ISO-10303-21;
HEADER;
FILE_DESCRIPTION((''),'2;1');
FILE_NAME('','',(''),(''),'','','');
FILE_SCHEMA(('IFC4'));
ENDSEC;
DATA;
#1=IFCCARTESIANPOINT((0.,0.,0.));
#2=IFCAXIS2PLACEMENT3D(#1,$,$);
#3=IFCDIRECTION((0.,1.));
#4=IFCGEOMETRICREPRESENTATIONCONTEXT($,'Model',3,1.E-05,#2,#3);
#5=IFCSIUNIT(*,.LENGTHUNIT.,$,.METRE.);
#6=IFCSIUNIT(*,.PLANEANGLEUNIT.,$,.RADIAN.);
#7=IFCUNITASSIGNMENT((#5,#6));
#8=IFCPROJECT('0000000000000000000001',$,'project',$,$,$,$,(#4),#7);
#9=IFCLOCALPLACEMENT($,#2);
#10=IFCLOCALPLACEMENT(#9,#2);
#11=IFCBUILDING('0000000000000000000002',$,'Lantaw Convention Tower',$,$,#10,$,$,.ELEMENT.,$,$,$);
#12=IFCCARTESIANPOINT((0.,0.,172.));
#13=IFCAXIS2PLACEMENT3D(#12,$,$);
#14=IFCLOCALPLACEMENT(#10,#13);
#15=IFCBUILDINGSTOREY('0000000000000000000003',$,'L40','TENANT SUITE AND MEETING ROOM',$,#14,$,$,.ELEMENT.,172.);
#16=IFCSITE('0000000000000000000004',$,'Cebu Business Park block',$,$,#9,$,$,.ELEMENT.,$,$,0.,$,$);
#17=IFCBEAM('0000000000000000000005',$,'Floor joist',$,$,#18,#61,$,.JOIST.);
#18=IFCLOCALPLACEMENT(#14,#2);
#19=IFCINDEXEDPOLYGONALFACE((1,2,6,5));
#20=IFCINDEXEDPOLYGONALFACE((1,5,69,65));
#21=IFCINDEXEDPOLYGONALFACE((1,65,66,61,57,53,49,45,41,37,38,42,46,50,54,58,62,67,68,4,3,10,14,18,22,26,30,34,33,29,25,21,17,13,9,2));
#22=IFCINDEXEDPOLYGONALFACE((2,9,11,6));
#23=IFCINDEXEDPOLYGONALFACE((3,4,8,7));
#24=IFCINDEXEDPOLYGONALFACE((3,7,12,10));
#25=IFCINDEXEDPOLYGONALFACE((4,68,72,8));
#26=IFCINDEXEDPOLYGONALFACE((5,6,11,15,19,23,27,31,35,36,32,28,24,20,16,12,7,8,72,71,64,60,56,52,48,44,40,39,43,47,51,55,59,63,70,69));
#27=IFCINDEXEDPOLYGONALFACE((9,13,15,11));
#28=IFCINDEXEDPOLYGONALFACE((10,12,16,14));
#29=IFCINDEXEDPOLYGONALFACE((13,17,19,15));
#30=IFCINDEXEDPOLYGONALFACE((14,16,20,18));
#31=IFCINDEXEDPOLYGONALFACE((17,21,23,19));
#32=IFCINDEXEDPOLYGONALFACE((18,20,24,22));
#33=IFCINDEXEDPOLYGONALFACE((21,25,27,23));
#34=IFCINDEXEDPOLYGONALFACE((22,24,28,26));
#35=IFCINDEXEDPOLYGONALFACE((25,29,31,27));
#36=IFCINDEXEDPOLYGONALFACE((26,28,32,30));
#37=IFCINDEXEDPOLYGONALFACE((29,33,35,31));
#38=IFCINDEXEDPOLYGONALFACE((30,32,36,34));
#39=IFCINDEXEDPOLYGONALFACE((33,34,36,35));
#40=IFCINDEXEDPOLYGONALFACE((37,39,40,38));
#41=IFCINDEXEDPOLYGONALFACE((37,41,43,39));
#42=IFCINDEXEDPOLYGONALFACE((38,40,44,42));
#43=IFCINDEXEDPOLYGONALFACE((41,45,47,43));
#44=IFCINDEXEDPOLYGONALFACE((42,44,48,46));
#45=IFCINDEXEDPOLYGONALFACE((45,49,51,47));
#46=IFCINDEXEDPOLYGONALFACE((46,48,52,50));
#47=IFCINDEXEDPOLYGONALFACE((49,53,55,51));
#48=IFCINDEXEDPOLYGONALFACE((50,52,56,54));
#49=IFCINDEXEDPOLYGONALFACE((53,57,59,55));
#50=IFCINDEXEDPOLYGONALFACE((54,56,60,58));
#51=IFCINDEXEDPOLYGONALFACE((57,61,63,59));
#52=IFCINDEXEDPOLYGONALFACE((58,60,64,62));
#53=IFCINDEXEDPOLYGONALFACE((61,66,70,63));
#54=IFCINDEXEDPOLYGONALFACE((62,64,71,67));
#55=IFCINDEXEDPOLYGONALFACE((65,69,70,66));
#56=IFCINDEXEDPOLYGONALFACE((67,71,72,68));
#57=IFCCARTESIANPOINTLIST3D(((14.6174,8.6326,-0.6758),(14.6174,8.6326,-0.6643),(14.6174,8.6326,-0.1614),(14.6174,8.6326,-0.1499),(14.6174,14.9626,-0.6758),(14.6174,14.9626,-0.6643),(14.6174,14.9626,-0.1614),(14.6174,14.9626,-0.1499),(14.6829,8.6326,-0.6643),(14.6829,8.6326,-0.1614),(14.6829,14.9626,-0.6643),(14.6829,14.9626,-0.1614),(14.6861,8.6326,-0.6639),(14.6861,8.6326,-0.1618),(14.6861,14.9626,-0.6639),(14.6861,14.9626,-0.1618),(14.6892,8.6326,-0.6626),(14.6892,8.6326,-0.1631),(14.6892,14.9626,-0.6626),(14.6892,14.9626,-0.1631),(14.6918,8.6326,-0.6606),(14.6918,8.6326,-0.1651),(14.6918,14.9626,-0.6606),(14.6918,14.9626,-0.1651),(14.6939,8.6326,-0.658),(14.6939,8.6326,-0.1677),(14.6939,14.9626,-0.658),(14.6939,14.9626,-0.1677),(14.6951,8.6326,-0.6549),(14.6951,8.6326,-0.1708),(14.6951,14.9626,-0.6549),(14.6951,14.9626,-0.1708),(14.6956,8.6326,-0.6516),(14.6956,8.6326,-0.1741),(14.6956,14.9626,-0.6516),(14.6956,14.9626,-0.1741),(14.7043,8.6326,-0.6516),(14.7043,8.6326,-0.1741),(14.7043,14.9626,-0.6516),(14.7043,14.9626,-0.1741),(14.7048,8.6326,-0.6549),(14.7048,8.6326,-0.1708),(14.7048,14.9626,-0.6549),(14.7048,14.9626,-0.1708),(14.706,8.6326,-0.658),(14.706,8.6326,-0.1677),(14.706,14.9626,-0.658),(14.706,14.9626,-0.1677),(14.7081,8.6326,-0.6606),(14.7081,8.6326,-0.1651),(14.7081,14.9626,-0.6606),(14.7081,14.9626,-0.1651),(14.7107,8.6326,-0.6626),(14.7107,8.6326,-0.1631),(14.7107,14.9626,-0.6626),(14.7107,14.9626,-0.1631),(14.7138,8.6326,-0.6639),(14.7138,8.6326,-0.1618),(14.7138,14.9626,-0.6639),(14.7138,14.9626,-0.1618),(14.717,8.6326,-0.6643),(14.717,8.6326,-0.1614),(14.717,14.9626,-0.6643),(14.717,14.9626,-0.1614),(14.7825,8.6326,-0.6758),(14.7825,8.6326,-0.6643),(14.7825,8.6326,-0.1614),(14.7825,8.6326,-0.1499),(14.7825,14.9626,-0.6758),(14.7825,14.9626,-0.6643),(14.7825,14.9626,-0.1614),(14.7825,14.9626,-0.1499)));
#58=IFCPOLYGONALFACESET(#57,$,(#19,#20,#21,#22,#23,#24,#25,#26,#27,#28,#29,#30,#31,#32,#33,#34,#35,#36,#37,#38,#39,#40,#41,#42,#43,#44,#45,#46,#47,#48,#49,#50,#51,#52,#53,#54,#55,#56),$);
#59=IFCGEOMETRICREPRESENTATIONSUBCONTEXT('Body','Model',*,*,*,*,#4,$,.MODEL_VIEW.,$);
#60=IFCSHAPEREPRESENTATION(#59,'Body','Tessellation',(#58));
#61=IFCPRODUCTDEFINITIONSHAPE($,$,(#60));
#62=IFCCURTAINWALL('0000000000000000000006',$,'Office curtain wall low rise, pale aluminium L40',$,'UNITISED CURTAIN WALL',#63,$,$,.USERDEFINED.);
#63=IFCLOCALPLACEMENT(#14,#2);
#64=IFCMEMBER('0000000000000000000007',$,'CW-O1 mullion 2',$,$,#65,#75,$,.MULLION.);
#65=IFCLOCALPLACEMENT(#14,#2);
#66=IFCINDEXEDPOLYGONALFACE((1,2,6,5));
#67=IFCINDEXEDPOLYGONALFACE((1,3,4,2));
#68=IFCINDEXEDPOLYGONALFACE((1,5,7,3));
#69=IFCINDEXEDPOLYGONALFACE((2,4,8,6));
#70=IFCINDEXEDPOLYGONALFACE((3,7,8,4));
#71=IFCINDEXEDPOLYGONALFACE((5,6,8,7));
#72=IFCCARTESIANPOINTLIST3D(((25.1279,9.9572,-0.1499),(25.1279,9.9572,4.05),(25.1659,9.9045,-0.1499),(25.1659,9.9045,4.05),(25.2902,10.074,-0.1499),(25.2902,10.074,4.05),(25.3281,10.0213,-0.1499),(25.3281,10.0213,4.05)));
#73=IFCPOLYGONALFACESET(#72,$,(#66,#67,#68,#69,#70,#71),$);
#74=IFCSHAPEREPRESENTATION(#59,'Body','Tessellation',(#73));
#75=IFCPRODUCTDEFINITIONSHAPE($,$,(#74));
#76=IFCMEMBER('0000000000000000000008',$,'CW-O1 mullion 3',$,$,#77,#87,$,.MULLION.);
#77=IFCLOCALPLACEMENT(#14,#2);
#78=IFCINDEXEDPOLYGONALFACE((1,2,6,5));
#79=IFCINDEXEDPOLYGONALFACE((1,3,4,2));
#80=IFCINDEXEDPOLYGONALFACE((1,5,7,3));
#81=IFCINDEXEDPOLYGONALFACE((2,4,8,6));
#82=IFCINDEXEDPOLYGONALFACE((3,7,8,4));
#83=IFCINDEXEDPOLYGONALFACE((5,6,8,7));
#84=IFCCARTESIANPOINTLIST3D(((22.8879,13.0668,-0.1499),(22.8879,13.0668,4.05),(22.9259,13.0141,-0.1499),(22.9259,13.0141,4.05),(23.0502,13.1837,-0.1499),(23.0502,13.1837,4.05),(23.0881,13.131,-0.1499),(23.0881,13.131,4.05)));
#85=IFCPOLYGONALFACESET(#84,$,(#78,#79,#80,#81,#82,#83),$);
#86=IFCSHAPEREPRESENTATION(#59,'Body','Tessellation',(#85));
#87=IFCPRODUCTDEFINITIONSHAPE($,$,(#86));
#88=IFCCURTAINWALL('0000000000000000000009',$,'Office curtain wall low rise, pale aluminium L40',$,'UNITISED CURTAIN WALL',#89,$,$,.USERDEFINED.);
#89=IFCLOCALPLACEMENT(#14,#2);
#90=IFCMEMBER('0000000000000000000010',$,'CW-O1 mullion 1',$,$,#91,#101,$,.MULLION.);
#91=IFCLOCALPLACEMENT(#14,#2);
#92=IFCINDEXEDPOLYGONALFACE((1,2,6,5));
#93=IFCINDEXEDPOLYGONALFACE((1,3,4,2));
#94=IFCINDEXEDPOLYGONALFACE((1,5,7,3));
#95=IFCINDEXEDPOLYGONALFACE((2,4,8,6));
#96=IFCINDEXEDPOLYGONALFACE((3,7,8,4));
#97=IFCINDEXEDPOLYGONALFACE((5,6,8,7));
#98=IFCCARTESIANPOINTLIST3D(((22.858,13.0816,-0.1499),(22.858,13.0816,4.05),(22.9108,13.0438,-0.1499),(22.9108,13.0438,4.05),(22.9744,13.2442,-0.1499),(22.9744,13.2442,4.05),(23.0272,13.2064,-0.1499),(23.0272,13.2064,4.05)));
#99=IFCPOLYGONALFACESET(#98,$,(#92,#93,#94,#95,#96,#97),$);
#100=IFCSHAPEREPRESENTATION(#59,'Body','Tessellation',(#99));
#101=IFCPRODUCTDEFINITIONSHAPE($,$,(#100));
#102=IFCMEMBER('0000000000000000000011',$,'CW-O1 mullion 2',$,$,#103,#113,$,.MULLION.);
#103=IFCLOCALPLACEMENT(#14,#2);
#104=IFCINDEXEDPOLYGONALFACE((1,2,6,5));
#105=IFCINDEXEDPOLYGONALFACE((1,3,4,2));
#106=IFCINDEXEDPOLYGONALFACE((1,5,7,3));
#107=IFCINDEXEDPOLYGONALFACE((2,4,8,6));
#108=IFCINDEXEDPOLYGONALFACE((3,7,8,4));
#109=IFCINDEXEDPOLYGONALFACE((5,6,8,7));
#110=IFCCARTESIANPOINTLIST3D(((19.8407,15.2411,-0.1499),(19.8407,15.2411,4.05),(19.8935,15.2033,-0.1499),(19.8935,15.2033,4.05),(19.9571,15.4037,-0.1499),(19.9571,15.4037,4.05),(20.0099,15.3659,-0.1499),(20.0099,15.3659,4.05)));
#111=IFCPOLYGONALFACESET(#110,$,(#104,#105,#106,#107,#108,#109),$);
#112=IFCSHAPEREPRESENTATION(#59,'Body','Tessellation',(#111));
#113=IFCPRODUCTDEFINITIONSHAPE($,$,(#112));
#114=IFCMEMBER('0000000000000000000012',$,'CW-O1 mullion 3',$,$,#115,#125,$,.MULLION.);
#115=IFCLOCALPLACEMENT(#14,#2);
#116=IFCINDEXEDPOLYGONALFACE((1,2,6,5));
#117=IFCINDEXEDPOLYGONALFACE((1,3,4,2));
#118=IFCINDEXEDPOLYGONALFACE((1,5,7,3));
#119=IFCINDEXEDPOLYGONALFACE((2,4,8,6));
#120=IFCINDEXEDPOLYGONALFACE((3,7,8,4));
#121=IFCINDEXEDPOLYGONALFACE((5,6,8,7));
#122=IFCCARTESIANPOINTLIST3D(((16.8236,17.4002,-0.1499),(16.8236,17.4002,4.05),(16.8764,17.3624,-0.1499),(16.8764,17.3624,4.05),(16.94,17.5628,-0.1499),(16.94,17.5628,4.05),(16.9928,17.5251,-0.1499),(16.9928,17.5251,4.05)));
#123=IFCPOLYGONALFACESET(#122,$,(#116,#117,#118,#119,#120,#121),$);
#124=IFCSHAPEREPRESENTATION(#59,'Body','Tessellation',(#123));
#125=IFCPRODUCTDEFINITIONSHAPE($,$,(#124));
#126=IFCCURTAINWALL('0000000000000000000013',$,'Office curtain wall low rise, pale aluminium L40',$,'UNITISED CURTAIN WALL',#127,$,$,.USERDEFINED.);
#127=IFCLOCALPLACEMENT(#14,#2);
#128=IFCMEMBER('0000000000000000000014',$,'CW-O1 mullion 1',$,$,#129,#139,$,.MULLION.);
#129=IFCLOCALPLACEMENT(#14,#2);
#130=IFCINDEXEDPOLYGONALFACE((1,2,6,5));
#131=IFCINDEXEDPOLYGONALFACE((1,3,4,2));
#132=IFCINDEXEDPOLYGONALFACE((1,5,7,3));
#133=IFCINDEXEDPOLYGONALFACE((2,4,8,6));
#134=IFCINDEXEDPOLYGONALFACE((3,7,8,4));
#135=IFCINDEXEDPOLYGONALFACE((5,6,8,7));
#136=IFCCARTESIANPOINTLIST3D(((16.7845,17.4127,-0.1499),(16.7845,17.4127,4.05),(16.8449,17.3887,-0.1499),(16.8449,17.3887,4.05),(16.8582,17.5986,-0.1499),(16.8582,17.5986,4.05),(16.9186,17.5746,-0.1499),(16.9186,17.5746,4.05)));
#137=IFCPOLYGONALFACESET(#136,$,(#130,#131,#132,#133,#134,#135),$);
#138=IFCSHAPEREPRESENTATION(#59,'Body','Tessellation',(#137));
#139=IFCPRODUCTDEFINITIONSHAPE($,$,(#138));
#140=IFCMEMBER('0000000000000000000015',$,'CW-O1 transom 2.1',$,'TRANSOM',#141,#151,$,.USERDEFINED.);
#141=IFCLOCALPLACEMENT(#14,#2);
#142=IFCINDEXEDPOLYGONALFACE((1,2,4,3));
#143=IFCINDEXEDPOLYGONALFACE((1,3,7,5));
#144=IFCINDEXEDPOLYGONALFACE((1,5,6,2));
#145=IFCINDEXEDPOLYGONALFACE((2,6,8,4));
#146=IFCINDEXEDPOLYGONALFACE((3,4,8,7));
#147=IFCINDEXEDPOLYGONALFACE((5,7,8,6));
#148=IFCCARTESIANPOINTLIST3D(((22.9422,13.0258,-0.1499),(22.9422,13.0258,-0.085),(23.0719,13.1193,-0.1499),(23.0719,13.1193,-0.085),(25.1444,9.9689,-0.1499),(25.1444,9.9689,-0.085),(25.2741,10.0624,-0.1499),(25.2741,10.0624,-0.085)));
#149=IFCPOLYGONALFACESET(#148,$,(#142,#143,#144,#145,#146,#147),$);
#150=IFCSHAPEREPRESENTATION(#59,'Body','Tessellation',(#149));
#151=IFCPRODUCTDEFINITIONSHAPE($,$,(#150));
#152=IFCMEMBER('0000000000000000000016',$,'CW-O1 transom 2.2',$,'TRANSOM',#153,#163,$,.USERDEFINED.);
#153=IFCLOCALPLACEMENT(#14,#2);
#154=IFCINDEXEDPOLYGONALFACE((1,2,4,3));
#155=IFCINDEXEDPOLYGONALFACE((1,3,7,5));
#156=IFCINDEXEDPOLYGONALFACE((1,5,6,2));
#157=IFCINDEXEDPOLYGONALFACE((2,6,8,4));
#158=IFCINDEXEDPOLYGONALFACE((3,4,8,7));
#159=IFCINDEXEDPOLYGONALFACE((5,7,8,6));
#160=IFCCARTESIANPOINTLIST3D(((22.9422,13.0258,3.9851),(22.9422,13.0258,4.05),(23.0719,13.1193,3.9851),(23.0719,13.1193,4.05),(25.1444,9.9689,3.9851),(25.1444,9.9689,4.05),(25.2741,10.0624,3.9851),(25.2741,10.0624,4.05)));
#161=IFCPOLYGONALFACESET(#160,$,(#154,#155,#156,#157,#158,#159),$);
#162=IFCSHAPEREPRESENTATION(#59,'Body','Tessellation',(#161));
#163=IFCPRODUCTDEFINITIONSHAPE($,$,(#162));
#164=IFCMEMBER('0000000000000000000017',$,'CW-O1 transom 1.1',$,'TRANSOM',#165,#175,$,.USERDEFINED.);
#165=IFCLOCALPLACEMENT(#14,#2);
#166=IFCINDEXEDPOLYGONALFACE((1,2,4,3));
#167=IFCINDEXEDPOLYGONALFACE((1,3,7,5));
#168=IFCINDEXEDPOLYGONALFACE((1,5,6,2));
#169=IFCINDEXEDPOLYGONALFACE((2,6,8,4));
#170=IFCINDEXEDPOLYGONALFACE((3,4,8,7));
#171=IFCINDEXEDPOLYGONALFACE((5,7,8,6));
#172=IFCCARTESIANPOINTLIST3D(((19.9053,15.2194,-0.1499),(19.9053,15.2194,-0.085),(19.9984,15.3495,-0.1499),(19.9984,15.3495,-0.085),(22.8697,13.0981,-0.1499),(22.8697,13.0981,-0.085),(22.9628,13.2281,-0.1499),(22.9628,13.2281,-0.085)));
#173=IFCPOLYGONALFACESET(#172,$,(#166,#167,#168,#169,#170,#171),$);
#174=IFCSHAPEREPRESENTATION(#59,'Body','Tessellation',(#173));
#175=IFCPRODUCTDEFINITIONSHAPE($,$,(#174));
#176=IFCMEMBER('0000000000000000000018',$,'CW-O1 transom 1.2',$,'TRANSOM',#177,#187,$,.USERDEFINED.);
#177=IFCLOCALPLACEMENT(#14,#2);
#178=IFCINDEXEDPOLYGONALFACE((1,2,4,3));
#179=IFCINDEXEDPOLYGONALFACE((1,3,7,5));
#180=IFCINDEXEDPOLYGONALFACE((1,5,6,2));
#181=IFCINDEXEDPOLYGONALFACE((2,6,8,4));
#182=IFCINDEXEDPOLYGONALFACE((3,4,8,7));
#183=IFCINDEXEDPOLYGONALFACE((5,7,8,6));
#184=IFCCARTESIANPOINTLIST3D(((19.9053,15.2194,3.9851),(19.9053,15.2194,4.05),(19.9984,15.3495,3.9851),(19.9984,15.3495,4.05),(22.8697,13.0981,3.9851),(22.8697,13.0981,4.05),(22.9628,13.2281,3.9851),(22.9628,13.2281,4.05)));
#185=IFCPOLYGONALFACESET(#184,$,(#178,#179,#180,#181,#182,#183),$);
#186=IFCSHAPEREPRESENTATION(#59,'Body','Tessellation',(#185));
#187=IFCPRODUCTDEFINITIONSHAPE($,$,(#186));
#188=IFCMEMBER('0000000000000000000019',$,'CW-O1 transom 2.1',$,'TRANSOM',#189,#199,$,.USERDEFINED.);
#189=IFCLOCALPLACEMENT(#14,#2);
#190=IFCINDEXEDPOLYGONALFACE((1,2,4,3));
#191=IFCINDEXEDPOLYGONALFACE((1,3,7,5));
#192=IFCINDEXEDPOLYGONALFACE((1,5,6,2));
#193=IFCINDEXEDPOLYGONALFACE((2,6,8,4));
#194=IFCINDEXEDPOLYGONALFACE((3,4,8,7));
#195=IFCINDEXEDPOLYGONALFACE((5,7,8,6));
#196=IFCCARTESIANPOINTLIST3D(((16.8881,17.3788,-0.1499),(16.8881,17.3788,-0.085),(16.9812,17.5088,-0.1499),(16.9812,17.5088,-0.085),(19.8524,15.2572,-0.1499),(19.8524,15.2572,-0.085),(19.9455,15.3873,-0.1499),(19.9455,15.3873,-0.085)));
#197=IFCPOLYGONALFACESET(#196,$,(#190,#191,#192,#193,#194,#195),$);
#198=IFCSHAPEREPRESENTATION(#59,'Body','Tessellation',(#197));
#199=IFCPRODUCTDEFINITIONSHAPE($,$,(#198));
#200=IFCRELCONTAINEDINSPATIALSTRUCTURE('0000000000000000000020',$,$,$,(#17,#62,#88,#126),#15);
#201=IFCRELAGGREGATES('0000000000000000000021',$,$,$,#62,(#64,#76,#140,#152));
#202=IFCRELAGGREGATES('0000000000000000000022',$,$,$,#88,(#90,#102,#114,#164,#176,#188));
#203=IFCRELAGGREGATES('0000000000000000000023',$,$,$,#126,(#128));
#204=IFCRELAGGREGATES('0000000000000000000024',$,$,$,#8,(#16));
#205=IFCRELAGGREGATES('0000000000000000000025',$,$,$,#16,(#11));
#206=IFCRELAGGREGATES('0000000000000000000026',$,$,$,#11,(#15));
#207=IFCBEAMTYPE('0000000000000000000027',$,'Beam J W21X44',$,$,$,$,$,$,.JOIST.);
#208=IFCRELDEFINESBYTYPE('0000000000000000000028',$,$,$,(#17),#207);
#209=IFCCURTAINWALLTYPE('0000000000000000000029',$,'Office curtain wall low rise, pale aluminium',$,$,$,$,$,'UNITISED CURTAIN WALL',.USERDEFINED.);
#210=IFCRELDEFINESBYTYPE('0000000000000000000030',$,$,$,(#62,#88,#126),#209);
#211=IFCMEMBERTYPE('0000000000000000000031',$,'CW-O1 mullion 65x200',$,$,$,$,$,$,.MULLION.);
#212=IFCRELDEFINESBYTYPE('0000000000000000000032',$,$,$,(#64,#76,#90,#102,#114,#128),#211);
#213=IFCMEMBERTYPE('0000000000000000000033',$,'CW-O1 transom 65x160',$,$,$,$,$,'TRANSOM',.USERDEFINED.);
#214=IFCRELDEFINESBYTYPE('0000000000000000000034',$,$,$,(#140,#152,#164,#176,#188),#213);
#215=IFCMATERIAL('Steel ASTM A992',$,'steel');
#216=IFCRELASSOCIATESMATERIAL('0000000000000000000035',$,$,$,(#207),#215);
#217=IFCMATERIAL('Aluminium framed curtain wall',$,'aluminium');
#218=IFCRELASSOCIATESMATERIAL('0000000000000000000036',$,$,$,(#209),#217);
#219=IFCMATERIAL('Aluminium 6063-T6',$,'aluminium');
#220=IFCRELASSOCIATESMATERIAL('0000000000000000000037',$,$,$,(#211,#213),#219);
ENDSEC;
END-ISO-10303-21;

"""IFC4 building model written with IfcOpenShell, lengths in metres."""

from ifc_helpers import new_model, si_unit, direction, frame, origin, origin_2d, place, context, subcontext, project, spatial, rectangle, i_section, extrude, material, material_profile, profile_set, type_object, element, aggregate, save


model = new_model("IFC4")

# Units and contexts
model_context = context("Model", 3, precision=1e-05, world=origin(), true_north=direction((0.0, 1.0)))
body_context = subcontext(model_context, "Body", "Model", "MODEL_VIEW")
ifc_project = project(units=[si_unit("LENGTHUNIT", "METRE"), si_unit("PLANEANGLEUNIT", "RADIAN")], contexts=[model_context])

# Site, building, storey
site_placement = place(None, origin())
site = spatial("IfcSite", under=ifc_project, at=site_placement, Name="Cebu Business Park block", CompositionType="ELEMENT", RefElevation=0.0)
building_placement = place(site_placement, origin())
building = spatial("IfcBuilding", under=site, at=building_placement, Name="Lantaw Convention Tower", CompositionType="ELEMENT")
storey_placement = place(building_placement, frame((0.0, 0.0, 172.0)))
storey = spatial("IfcBuildingStorey", under=building, at=storey_placement, Name="L40", Description="TENANT SUITE AND MEETING ROOM", CompositionType="ELEMENT", Elevation=172.0)

# Beam
ifc_material_1 = material(Name="Steel ASTM A992", Category="steel")
ifc_material_profile_1 = material_profile(ifc_material_1, i_section(OverallWidth=0.165, OverallDepth=0.5259, WebThickness=0.0088, FlangeThickness=0.0115, FilletRadius=0.0127, at=origin_2d()), Name="W21X44")
ifc_profile_set_1 = profile_set([ifc_material_profile_1], Name="Steel ASTM A992")
beam_type_1 = type_object("IfcBeamType", Name="Beam J W21X44", PredefinedType="JOIST", material=ifc_profile_set_1)
beam_1_placement = place(storey_placement, frame((14.7, 8.6326, -0.4128), z_axis=(0.0, 1.0, 0.0), x_axis=(-1.0, 0.0, 0.0)))
element("IfcBeam", 1, at=beam_1_placement, inside=storey, type_object=beam_type_1, Name="Floor joist", PredefinedType="JOIST", context=body_context, shape_type="SweptSolid", body=[
    extrude(i_section(OverallWidth=0.165, OverallDepth=0.5259, WebThickness=0.0088, FlangeThickness=0.0115, FilletRadius=0.0127, at=origin_2d()), origin(), (0.0, 0.0, 1.0), 6.3301),
])

# Curtain walls, members
ifc_material_2 = material(Name="Aluminium framed curtain wall", Category="aluminium")
curtain_wall_type = type_object("IfcCurtainWallType", Name="Office curtain wall low rise, pale aluminium", ElementType="UNITISED CURTAIN WALL", PredefinedType="USERDEFINED", material=ifc_material_2)
curtain_wall_1_placement = place(storey_placement, origin())
curtain_wall_1 = element("IfcCurtainWall", 2, at=curtain_wall_1_placement, inside=storey, type_object=curtain_wall_type, Name="Office curtain wall low rise, pale aluminium L40", ObjectType="UNITISED CURTAIN WALL", PredefinedType="USERDEFINED")
ifc_material_3 = material(Name="Aluminium 6063-T6", Category="aluminium")
ifc_material_profile_2 = material_profile(ifc_material_3, rectangle(XDim=0.2, YDim=0.0649, at=origin_2d()), Name="CW-O1 mullion 65x200")
ifc_profile_set_2 = profile_set([ifc_material_profile_2], Name="Aluminium 6063-T6")
member_type_1 = type_object("IfcMemberType", Name="CW-O1 mullion 65x200", PredefinedType="MULLION", material=ifc_profile_set_2)
member_1_placement = place(storey_placement, frame((25.228, 9.9893, -0.1499), z_axis=(0.0, 0.0, 1.0), x_axis=(-0.811385, -0.584513, 0.0)))
member_1 = element("IfcMember", 3, at=member_1_placement, type_object=member_type_1, Name="CW-O1 mullion 2", PredefinedType="MULLION", context=body_context, shape_type="SweptSolid", body=[
    extrude(rectangle(XDim=0.2, YDim=0.0649, at=origin_2d()), origin(), (0.0, 0.0, 1.0), 4.2),
])
member_2_placement = place(storey_placement, frame((22.988, 13.0989, -0.1499), z_axis=(0.0, 0.0, 1.0), x_axis=(-0.811385, -0.584513, 0.0)))
member_2 = element("IfcMember", 4, at=member_2_placement, type_object=member_type_1, Name="CW-O1 mullion 3", PredefinedType="MULLION", context=body_context, shape_type="SweptSolid", body=[
    extrude(rectangle(XDim=0.2, YDim=0.0649, at=origin_2d()), origin(), (0.0, 0.0, 1.0), 4.2),
])
curtain_wall_2_placement = place(storey_placement, origin())
curtain_wall_2 = element("IfcCurtainWall", 5, at=curtain_wall_2_placement, inside=storey, type_object=curtain_wall_type, Name="Office curtain wall low rise, pale aluminium L40", ObjectType="UNITISED CURTAIN WALL", PredefinedType="USERDEFINED")
member_3_placement = place(storey_placement, frame((22.9426, 13.144, -0.1499), z_axis=(0.0, 0.0, 1.0), x_axis=(-0.581973, -0.813208, 0.0)))
member_3 = element("IfcMember", 6, at=member_3_placement, type_object=member_type_1, Name="CW-O1 mullion 1", PredefinedType="MULLION", context=body_context, shape_type="SweptSolid", body=[
    extrude(rectangle(XDim=0.2, YDim=0.0649, at=origin_2d()), origin(), (0.0, 0.0, 1.0), 4.2),
])
member_4_placement = place(storey_placement, frame((19.9253, 15.3035, -0.1499), z_axis=(0.0, 0.0, 1.0), x_axis=(-0.581973, -0.813208, 0.0)))
member_4 = element("IfcMember", 7, at=member_4_placement, type_object=member_type_1, Name="CW-O1 mullion 2", PredefinedType="MULLION", context=body_context, shape_type="SweptSolid", body=[
    extrude(rectangle(XDim=0.2, YDim=0.0649, at=origin_2d()), origin(), (0.0, 0.0, 1.0), 4.2),
])
member_5_placement = place(storey_placement, frame((16.9082, 17.4626, -0.1499), z_axis=(0.0, 0.0, 1.0), x_axis=(-0.581973, -0.813208, 0.0)))
member_5 = element("IfcMember", 8, at=member_5_placement, type_object=member_type_1, Name="CW-O1 mullion 3", PredefinedType="MULLION", context=body_context, shape_type="SweptSolid", body=[
    extrude(rectangle(XDim=0.2, YDim=0.0649, at=origin_2d()), origin(), (0.0, 0.0, 1.0), 4.2),
])

# Curtain wall, member
curtain_wall_3_placement = place(storey_placement, origin())
curtain_wall_3 = element("IfcCurtainWall", 9, at=curtain_wall_3_placement, inside=storey, type_object=curtain_wall_type, Name="Office curtain wall low rise, pale aluminium L40", ObjectType="UNITISED CURTAIN WALL", PredefinedType="USERDEFINED")
member_6_placement = place(storey_placement, frame((16.8516, 17.4937, -0.1499), z_axis=(0.0, 0.0, 1.0), x_axis=(-0.368702, -0.929548, 0.0)))
member_6 = element("IfcMember", 10, at=member_6_placement, type_object=member_type_1, Name="CW-O1 mullion 1", PredefinedType="MULLION", context=body_context, shape_type="SweptSolid", body=[
    extrude(rectangle(XDim=0.2, YDim=0.0649, at=origin_2d()), origin(), (0.0, 0.0, 1.0), 4.2),
])

# Members
ifc_material_profile_3 = material_profile(ifc_material_3, rectangle(XDim=0.1599, YDim=0.0649, at=origin_2d()), Name="CW-O1 transom 65x160")
ifc_profile_set_3 = profile_set([ifc_material_profile_3], Name="Aluminium 6063-T6")
member_type_2 = type_object("IfcMemberType", Name="CW-O1 transom 65x160", ElementType="TRANSOM", PredefinedType="USERDEFINED", material=ifc_profile_set_3)
member_7_placement = place(storey_placement, frame((25.2092, 10.0156, -0.1174), z_axis=(-0.584513, 0.811384, 0.0), x_axis=(-0.811384, -0.584513, 0.0)))
member_7 = element("IfcMember", 11, at=member_7_placement, type_object=member_type_2, Name="CW-O1 transom 2.1", ObjectType="TRANSOM", PredefinedType="USERDEFINED", context=body_context, shape_type="SweptSolid", body=[
    extrude(rectangle(XDim=0.1599, YDim=0.0649, at=origin_2d()), origin(), (0.0, 0.0, 1.0), 3.7676),
])
member_8_placement = place(storey_placement, frame((25.2092, 10.0156, 4.0176), z_axis=(-0.584513, 0.811384, 0.0), x_axis=(-0.811384, -0.584513, 0.0)))
member_8 = element("IfcMember", 12, at=member_8_placement, type_object=member_type_2, Name="CW-O1 transom 2.2", ObjectType="TRANSOM", PredefinedType="USERDEFINED", context=body_context, shape_type="SweptSolid", body=[
    extrude(rectangle(XDim=0.1599, YDim=0.0649, at=origin_2d()), origin(), (0.0, 0.0, 1.0), 3.7676),
])
member_9_placement = place(storey_placement, frame((22.9163, 13.1631, -0.1174), z_axis=(-0.813222, 0.581954, 0.0), x_axis=(-0.581954, -0.813222, 0.0)))
member_9 = element("IfcMember", 13, at=member_9_placement, type_object=member_type_2, Name="CW-O1 transom 1.1", ObjectType="TRANSOM", PredefinedType="USERDEFINED", context=body_context, shape_type="SweptSolid", body=[
    extrude(rectangle(XDim=0.1599, YDim=0.0649, at=origin_2d()), origin(), (0.0, 0.0, 1.0), 3.6453),
])
member_10_placement = place(storey_placement, frame((22.9163, 13.1631, 4.0176), z_axis=(-0.813222, 0.581954, 0.0), x_axis=(-0.581954, -0.813222, 0.0)))
member_10 = element("IfcMember", 14, at=member_10_placement, type_object=member_type_2, Name="CW-O1 transom 1.2", ObjectType="TRANSOM", PredefinedType="USERDEFINED", context=body_context, shape_type="SweptSolid", body=[
    extrude(rectangle(XDim=0.1599, YDim=0.0649, at=origin_2d()), origin(), (0.0, 0.0, 1.0), 3.6453),
])
member_11_placement = place(storey_placement, frame((19.8989, 15.3223, -0.1174), z_axis=(-0.81319, 0.581998, 0.0), x_axis=(-0.581998, -0.81319, 0.0)))
member_11 = element("IfcMember", 15, at=member_11_placement, type_object=member_type_2, Name="CW-O1 transom 2.1", ObjectType="TRANSOM", PredefinedType="USERDEFINED", context=body_context, shape_type="SweptSolid", body=[
    extrude(rectangle(XDim=0.1599, YDim=0.0649, at=origin_2d()), origin(), (0.0, 0.0, 1.0), 3.6453),
])

aggregate(curtain_wall_1, [member_1, member_2, member_7, member_8])
aggregate(curtain_wall_2, [member_3, member_4, member_5, member_9, member_10, member_11])
aggregate(curtain_wall_3, [member_6])

save(model, "model.ifc")
